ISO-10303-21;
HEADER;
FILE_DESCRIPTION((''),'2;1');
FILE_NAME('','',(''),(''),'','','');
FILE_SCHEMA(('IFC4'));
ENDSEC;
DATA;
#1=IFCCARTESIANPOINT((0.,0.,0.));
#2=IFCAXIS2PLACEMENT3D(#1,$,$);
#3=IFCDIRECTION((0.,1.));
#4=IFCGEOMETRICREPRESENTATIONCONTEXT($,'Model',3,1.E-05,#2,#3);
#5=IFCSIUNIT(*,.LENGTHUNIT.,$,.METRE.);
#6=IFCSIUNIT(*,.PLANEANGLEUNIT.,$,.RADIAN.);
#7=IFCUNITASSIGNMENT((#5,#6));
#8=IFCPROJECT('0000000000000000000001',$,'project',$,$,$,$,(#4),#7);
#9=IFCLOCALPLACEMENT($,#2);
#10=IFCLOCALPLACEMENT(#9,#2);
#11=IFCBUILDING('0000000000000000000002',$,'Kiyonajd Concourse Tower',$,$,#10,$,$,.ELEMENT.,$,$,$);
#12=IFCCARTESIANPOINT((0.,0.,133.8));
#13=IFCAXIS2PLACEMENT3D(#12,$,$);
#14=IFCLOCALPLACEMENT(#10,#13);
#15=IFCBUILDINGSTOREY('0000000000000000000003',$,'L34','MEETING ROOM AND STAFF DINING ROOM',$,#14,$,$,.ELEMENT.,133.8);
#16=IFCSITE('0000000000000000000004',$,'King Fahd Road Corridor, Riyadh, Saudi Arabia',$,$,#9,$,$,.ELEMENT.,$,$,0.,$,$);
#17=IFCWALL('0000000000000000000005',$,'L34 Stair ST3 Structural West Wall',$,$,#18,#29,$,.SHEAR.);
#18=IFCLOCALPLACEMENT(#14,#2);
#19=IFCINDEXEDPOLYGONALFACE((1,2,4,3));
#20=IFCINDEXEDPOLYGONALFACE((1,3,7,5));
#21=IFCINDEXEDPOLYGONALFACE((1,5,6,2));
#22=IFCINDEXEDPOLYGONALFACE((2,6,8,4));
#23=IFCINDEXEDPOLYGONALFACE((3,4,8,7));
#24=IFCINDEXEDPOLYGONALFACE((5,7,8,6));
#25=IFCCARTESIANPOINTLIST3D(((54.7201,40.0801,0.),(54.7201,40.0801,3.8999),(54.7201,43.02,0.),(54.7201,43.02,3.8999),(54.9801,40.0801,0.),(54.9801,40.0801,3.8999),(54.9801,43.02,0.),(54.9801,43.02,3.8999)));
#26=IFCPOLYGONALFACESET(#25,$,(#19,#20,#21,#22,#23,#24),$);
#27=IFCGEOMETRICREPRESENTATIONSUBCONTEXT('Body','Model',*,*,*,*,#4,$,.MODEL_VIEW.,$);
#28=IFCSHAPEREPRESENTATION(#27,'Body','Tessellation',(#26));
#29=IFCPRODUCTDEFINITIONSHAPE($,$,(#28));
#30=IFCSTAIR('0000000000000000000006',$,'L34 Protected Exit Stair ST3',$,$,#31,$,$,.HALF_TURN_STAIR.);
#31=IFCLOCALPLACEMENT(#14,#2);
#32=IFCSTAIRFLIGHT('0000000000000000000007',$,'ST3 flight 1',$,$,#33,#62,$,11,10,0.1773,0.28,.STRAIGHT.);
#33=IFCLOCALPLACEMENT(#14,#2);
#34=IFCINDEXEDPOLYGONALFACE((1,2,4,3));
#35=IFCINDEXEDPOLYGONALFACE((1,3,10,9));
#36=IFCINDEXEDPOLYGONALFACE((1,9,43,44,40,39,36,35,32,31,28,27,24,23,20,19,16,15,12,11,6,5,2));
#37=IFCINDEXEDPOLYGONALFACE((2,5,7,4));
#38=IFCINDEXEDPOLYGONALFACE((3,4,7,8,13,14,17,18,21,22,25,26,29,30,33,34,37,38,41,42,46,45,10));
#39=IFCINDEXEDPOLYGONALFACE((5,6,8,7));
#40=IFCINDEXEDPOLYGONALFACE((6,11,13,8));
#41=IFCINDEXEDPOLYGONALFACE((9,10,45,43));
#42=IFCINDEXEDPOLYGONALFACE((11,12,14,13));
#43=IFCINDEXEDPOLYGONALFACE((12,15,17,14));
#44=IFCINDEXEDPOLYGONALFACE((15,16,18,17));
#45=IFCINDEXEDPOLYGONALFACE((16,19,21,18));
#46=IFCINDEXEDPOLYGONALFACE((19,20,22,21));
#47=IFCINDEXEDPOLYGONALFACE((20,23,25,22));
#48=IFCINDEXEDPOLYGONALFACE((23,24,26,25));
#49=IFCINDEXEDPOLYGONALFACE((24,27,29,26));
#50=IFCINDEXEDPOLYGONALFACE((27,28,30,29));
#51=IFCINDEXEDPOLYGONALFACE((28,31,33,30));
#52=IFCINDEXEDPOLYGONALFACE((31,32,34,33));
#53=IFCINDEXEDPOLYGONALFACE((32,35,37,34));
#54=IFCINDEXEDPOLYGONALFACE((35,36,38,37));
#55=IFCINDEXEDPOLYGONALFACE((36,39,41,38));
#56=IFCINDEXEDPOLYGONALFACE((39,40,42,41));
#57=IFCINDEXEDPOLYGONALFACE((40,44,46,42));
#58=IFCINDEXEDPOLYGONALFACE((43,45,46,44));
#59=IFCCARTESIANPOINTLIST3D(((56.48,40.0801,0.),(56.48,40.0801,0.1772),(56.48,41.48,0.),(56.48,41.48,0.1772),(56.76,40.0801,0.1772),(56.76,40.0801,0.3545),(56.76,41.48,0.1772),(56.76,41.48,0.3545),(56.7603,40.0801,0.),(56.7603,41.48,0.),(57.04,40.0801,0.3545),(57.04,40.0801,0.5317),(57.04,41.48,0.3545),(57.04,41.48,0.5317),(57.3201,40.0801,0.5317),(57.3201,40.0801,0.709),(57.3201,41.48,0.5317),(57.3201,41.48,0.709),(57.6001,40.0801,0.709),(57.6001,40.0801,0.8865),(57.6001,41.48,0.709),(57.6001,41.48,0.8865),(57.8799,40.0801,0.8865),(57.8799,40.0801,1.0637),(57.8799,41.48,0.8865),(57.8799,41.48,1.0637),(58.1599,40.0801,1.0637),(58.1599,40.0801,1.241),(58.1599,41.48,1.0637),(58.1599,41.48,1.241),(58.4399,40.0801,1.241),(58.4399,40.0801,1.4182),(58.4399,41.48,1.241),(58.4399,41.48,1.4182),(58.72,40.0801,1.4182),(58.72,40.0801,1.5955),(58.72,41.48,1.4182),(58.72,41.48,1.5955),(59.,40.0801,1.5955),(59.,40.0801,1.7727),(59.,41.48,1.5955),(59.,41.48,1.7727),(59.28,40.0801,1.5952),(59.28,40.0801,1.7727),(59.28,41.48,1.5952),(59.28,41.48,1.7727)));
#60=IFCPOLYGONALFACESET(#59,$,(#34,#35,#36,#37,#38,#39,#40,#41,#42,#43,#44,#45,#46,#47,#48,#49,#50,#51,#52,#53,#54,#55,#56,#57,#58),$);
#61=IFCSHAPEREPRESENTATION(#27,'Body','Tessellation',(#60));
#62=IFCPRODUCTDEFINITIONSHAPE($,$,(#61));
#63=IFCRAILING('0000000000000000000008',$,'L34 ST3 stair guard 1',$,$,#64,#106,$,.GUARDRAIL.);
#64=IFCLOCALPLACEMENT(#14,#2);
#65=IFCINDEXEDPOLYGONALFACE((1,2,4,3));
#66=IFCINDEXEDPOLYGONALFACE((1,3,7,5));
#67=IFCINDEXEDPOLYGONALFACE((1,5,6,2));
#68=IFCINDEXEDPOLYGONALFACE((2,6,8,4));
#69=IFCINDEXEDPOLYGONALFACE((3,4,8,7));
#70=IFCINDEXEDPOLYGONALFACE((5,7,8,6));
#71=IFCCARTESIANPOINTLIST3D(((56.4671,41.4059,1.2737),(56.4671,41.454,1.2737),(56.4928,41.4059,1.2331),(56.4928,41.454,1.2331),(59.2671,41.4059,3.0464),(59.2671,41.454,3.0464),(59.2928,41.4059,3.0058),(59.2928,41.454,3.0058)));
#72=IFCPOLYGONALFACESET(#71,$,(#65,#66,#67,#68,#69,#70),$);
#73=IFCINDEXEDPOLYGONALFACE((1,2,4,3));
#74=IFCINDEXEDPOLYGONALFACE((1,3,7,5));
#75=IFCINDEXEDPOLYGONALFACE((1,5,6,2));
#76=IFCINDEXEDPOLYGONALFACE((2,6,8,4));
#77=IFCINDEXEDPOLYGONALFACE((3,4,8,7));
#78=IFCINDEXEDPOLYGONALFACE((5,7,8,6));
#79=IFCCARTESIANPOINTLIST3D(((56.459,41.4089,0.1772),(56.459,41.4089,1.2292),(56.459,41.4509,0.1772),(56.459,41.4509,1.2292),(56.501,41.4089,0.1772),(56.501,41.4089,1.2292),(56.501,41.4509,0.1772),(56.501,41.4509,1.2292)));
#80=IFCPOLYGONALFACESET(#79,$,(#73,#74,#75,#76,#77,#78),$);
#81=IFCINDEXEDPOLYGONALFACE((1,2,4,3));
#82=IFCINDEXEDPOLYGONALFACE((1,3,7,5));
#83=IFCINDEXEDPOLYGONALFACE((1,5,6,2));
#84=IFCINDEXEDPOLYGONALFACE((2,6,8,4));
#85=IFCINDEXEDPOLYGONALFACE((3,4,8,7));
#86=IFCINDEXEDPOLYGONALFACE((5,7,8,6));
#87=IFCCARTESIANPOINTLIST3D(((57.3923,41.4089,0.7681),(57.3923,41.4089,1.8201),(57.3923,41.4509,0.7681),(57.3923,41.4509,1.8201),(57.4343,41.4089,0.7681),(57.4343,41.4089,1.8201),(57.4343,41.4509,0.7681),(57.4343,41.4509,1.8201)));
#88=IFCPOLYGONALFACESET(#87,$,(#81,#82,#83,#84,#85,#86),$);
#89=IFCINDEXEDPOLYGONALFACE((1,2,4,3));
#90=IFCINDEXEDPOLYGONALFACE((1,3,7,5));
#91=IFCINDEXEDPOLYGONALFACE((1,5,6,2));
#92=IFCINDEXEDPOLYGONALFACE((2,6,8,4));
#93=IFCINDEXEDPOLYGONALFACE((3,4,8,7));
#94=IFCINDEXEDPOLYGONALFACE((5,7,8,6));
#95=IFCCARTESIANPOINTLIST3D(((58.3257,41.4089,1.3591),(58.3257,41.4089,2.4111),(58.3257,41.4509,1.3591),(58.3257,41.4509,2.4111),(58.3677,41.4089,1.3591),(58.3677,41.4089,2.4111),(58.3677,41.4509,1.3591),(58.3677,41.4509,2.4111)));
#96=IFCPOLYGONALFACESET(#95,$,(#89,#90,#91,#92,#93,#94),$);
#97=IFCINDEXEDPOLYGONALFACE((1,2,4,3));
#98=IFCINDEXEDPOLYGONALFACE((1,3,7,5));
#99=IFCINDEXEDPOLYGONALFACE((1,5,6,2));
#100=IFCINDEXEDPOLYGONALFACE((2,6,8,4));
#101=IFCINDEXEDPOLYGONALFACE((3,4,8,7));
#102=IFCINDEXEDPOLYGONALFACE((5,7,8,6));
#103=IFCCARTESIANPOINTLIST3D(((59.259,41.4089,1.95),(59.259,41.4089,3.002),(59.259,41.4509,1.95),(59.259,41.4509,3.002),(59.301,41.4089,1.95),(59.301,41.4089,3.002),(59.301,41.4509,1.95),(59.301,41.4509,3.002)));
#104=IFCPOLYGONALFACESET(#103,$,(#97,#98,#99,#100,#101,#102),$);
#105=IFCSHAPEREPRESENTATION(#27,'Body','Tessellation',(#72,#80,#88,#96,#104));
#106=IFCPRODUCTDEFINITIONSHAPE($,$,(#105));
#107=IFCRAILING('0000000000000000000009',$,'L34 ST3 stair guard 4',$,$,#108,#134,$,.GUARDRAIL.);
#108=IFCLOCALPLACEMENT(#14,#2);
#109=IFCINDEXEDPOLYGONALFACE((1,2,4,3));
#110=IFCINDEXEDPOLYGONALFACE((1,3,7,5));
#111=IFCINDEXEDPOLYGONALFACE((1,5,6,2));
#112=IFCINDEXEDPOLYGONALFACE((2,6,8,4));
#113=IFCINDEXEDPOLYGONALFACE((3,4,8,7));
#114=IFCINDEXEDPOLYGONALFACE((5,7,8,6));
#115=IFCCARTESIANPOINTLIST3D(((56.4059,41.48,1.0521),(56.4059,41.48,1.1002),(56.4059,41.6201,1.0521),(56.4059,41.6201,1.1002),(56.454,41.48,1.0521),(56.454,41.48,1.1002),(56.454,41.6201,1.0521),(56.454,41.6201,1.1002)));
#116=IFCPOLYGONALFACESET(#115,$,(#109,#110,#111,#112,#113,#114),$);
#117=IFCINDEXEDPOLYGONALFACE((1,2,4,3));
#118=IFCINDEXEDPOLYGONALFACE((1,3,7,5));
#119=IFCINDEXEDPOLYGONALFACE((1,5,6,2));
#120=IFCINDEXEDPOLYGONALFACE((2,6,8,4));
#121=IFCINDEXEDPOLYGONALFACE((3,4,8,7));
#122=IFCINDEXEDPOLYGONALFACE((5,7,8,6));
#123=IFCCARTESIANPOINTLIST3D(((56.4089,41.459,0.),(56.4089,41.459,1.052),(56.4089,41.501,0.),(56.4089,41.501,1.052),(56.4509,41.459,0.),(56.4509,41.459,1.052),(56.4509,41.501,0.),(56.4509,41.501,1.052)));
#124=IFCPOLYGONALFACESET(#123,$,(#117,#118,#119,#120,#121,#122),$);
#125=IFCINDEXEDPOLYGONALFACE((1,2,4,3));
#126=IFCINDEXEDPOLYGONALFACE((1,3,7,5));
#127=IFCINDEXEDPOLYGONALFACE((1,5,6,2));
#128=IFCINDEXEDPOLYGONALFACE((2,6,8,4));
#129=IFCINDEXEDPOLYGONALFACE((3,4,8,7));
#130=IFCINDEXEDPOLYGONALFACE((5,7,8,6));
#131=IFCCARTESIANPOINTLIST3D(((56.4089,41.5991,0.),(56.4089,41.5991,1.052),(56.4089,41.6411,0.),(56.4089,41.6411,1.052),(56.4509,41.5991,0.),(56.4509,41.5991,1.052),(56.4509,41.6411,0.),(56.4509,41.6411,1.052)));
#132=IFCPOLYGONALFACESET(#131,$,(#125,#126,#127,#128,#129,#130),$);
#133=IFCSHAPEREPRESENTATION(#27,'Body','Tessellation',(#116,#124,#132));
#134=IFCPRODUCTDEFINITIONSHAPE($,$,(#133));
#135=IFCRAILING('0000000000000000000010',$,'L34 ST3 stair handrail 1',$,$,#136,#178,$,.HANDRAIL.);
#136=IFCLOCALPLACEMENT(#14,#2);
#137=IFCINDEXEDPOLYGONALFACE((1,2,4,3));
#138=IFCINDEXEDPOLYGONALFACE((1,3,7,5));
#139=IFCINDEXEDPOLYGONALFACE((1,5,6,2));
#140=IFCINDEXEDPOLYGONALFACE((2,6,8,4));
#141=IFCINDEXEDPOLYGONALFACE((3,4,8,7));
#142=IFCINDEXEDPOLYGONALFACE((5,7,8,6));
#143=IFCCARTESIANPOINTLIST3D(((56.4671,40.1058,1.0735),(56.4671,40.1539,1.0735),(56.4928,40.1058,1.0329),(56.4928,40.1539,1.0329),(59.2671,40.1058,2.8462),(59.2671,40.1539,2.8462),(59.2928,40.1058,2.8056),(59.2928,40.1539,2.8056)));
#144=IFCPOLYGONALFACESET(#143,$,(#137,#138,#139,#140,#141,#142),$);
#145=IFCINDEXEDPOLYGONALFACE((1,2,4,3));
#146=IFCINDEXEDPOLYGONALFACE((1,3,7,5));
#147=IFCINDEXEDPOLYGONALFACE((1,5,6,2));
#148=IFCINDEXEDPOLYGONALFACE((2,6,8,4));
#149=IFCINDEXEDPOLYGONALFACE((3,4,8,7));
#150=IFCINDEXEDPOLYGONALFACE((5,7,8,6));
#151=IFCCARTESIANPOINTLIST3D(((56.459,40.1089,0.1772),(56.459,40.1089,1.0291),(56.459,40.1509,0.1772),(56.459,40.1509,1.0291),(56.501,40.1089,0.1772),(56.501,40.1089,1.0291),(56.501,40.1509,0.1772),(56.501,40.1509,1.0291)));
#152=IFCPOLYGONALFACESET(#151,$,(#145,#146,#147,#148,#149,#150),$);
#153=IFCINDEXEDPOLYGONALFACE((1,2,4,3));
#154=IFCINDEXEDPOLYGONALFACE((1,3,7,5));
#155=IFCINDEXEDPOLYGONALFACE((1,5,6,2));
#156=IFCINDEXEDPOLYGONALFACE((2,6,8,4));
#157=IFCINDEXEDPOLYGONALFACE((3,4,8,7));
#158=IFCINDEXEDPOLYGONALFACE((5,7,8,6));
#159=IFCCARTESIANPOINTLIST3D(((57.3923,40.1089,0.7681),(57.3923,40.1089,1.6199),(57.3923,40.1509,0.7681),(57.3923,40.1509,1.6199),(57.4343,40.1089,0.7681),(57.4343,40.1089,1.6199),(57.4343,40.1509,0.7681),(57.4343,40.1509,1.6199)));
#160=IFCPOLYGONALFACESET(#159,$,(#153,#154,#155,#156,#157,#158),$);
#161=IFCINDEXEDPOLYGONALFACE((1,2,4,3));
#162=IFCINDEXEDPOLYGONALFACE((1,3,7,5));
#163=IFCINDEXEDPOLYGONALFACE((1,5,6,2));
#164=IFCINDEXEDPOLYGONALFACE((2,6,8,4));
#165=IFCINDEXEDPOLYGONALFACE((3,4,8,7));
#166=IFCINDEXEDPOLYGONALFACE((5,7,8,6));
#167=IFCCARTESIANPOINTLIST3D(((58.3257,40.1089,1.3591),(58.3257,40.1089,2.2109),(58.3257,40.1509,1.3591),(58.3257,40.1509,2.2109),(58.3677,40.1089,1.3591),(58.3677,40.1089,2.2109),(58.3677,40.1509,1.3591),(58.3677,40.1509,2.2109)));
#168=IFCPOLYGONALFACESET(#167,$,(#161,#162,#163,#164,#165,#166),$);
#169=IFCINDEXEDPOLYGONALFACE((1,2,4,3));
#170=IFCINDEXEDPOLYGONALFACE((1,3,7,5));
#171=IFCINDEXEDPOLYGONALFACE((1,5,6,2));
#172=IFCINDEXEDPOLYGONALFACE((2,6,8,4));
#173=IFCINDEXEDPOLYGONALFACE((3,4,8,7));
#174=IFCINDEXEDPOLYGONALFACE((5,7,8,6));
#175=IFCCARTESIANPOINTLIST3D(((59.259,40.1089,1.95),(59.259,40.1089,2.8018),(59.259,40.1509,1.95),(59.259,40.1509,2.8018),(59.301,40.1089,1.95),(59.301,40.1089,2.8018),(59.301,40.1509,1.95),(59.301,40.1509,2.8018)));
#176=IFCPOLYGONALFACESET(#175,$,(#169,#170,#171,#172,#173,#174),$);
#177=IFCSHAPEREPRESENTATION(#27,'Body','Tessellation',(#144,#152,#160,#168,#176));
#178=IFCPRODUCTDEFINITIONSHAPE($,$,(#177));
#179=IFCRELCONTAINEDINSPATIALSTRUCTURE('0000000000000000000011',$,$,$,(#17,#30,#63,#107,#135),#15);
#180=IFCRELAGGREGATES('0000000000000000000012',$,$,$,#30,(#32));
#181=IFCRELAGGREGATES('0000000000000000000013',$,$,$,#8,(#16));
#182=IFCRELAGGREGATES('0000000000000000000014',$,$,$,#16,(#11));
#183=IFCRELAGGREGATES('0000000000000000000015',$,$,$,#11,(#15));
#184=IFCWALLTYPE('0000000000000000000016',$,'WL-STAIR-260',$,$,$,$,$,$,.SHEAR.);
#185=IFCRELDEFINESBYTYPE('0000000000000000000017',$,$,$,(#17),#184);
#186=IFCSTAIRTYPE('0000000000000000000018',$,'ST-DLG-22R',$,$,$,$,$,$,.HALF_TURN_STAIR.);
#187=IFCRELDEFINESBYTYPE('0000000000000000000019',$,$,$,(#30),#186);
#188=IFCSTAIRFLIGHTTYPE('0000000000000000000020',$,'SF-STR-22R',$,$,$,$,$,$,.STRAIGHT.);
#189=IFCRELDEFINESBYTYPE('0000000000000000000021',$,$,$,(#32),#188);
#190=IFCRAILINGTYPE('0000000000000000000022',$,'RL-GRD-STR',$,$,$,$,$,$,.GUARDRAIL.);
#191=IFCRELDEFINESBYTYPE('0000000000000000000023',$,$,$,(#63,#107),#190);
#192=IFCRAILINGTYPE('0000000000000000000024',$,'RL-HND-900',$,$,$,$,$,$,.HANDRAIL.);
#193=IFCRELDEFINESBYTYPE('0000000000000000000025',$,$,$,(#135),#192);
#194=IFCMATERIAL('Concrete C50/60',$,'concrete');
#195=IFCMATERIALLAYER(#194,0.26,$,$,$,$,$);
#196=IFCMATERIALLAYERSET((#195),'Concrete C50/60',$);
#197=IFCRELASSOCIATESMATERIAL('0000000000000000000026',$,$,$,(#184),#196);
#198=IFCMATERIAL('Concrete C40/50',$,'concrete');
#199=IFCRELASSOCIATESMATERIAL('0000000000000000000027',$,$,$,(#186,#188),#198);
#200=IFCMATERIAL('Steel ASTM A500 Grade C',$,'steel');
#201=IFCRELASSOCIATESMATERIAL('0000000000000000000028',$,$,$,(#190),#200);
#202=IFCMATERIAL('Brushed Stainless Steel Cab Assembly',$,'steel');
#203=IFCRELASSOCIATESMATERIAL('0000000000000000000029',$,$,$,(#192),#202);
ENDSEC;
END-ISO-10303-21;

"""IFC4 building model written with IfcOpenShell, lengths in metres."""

from ifc_helpers import new_model, si_unit, direction, frame, frame_2d, origin, origin_2d, place, context, subcontext, project, spatial, polyline, rectangle, outline, extrude, material, layer, layer_set, type_object, element, aggregate, save


model = new_model("IFC4")

# Units and contexts
model_context = context("Model", 3, precision=1e-05, world=origin(), true_north=direction((0.0, 1.0)))
body_context = subcontext(model_context, "Body", "Model", "MODEL_VIEW")
ifc_project = project(units=[si_unit("LENGTHUNIT", "METRE"), si_unit("PLANEANGLEUNIT", "RADIAN")], contexts=[model_context])

# Site, building, storey
site_placement = place(None, origin())
site = spatial("IfcSite", under=ifc_project, at=site_placement, Name="King Fahd Road Corridor, Riyadh, Saudi Arabia", CompositionType="ELEMENT", RefElevation=0.0)
building_placement = place(site_placement, origin())
building = spatial("IfcBuilding", under=site, at=building_placement, Name="Kiyonajd Concourse Tower", CompositionType="ELEMENT")
storey_placement = place(building_placement, frame((0.0, 0.0, 133.8)))
storey = spatial("IfcBuildingStorey", under=building, at=storey_placement, Name="L34", Description="MEETING ROOM AND STAFF DINING ROOM", CompositionType="ELEMENT", Elevation=133.8)

# Shared definitions
ifc_material_1 = material(Name="Concrete C50/60", Category="concrete")

# Shared definitions
ifc_material_2 = material(Name="Brushed Stainless Steel Cab Assembly", Category="steel")

# Shared definitions
ifc_layer_1 = layer(ifc_material_1, 0.26)
ifc_layer_set_1 = layer_set([ifc_layer_1], Name="Concrete C50/60")
wall_type_1 = type_object("IfcWallType", Name="WL-STAIR-260", PredefinedType="SHEAR", material=ifc_layer_set_1)

# Wall
wall_1_placement = place(storey_placement, frame((54.8501, 40.0801, 0.0), z_axis=(0.0, 0.0, 1.0), x_axis=(0.0, 1.0, 0.0)))
element("IfcWall", 1, at=wall_1_placement, inside=storey, type_object=wall_type_1, Name="L34 Stair ST3 Structural West Wall", PredefinedType="SHEAR", context=body_context, shape_type="SweptSolid", body=[
    extrude(rectangle(XDim=2.9399, YDim=0.26, at=frame_2d((1.47, 0.0))), origin(), (0.0, 0.0, 1.0), 3.8999),
])

# Stair, stair flight
ifc_material_3 = material(Name="Concrete C40/50", Category="concrete")
stair_type = type_object("IfcStairType", Name="ST-DLG-22R", PredefinedType="HALF_TURN_STAIR", material=ifc_material_3)
stair_placement = place(storey_placement, origin())
stair = element("IfcStair", 2, at=stair_placement, inside=storey, type_object=stair_type, Name="L34 Protected Exit Stair ST3", PredefinedType="HALF_TURN_STAIR")
stair_flight_type = type_object("IfcStairFlightType", Name="SF-STR-22R", PredefinedType="STRAIGHT", material=ifc_material_3)
stair_flight_placement = place(storey_placement, frame((56.48, 40.78, 0.0), z_axis=(0.0, 0.0, 1.0), x_axis=(1.0, 0.0, 0.0)))
stair_flight = element("IfcStairFlight", 3, at=stair_flight_placement, type_object=stair_flight_type, Name="ST3 flight 1", NumberOfRisers=11, NumberOfTreads=10, PredefinedType="STRAIGHT", RiserHeight=0.1773, TreadLength=0.28, context=body_context, shape_type="SweptSolid", body=[
    extrude(outline(polyline([(0.0, 0.0), (0.0, 0.1772), (0.28, 0.1772), (0.28, 0.3545), (0.5601, 0.3545), (0.5601, 0.5317), (0.8401, 0.5317), (0.8401, 0.709), (1.1201, 0.709), (1.1201, 0.8865), (1.3999, 0.8865), (1.3999, 1.0637), (1.6799, 1.0637), (1.6799, 1.241), (1.96, 1.241), (1.96, 1.4182), (2.24, 1.4182), (2.24, 1.5955), (2.52, 1.5955), (2.52, 1.7727), (2.8, 1.7727), (2.8, 1.95), (2.8, 1.5952), (0.2803, 0.0), (0.0, 0.0)])), frame((0.0, 0.7, 0.0), z_axis=(0.0, -1.0, 0.0), x_axis=(1.0, 0.0, 0.0)), (0.0, 0.0, 1.0), 1.3999),
])
aggregate(stair, [stair_flight])

# Railings
ifc_material_4 = material(Name="Steel ASTM A500 Grade C", Category="steel")
railing_type_1 = type_object("IfcRailingType", Name="RL-GRD-STR", PredefinedType="GUARDRAIL", material=ifc_material_4)
railing_1_placement = place(storey_placement, frame((56.48, 41.4299, 0.1772)))
element("IfcRailing", 4, at=railing_1_placement, inside=storey, type_object=railing_type_1, Name="L34 ST3 stair guard 1", PredefinedType="GUARDRAIL", context=body_context, shape_type="SweptSolid", body=[
    extrude(rectangle(XDim=0.0481, YDim=0.0481, at=origin_2d()), frame((0.0, 0.0, 1.0762), z_axis=(0.844909, 0.0, 0.53491), x_axis=(0.0, 1.0, 0.0)), (0.0, 0.0, 1.0), 3.314),
    extrude(rectangle(XDim=0.042, YDim=0.042, at=origin_2d()), origin(), (0.0, 0.0, 1.0), 1.052),
    extrude(rectangle(XDim=0.042, YDim=0.042, at=origin_2d()), frame((0.9333, 0.0, 0.5908)), (0.0, 0.0, 1.0), 1.052),
    extrude(rectangle(XDim=0.042, YDim=0.042, at=origin_2d()), frame((1.8667, 0.0, 1.1819)), (0.0, 0.0, 1.0), 1.052),
    extrude(rectangle(XDim=0.042, YDim=0.042, at=origin_2d()), frame((2.8, 0.0, 1.7727)), (0.0, 0.0, 1.0), 1.052),
])
railing_2_placement = place(storey_placement, frame((56.4299, 41.48, 0.0)))
element("IfcRailing", 5, at=railing_2_placement, inside=storey, type_object=railing_type_1, Name="L34 ST3 stair guard 4", PredefinedType="GUARDRAIL", context=body_context, shape_type="SweptSolid", body=[
    extrude(rectangle(XDim=0.0481, YDim=0.0481, at=origin_2d()), frame((0.0, 0.0, 1.0762), z_axis=(0.0, 1.0, 0.0), x_axis=(-1.0, 0.0, 0.0)), (0.0, 0.0, 1.0), 0.1401),
    extrude(rectangle(XDim=0.042, YDim=0.042, at=origin_2d()), origin(), (0.0, 0.0, 1.0), 1.052),
    extrude(rectangle(XDim=0.042, YDim=0.042, at=origin_2d()), frame((0.0, 0.1401, 0.0)), (0.0, 0.0, 1.0), 1.052),
])
railing_type_2 = type_object("IfcRailingType", Name="RL-HND-900", PredefinedType="HANDRAIL", material=ifc_material_2)
railing_3_placement = place(storey_placement, frame((56.48, 40.1299, 0.1772)))
element("IfcRailing", 6, at=railing_3_placement, inside=storey, type_object=railing_type_2, Name="L34 ST3 stair handrail 1", PredefinedType="HANDRAIL", context=body_context, shape_type="SweptSolid", body=[
    extrude(rectangle(XDim=0.0481, YDim=0.0481, at=origin_2d()), frame((0.0, 0.0, 0.876), z_axis=(0.844909, 0.0, 0.53491), x_axis=(0.0, 1.0, 0.0)), (0.0, 0.0, 1.0), 3.314),
    extrude(rectangle(XDim=0.042, YDim=0.042, at=origin_2d()), origin(), (0.0, 0.0, 1.0), 0.8518),
    extrude(rectangle(XDim=0.042, YDim=0.042, at=origin_2d()), frame((0.9333, 0.0, 0.5908)), (0.0, 0.0, 1.0), 0.8518),
    extrude(rectangle(XDim=0.042, YDim=0.042, at=origin_2d()), frame((1.8667, 0.0, 1.1819)), (0.0, 0.0, 1.0), 0.8518),
    extrude(rectangle(XDim=0.042, YDim=0.042, at=origin_2d()), frame((2.8, 0.0, 1.7727)), (0.0, 0.0, 1.0), 0.8518),
])

save(model, "model.ifc")
